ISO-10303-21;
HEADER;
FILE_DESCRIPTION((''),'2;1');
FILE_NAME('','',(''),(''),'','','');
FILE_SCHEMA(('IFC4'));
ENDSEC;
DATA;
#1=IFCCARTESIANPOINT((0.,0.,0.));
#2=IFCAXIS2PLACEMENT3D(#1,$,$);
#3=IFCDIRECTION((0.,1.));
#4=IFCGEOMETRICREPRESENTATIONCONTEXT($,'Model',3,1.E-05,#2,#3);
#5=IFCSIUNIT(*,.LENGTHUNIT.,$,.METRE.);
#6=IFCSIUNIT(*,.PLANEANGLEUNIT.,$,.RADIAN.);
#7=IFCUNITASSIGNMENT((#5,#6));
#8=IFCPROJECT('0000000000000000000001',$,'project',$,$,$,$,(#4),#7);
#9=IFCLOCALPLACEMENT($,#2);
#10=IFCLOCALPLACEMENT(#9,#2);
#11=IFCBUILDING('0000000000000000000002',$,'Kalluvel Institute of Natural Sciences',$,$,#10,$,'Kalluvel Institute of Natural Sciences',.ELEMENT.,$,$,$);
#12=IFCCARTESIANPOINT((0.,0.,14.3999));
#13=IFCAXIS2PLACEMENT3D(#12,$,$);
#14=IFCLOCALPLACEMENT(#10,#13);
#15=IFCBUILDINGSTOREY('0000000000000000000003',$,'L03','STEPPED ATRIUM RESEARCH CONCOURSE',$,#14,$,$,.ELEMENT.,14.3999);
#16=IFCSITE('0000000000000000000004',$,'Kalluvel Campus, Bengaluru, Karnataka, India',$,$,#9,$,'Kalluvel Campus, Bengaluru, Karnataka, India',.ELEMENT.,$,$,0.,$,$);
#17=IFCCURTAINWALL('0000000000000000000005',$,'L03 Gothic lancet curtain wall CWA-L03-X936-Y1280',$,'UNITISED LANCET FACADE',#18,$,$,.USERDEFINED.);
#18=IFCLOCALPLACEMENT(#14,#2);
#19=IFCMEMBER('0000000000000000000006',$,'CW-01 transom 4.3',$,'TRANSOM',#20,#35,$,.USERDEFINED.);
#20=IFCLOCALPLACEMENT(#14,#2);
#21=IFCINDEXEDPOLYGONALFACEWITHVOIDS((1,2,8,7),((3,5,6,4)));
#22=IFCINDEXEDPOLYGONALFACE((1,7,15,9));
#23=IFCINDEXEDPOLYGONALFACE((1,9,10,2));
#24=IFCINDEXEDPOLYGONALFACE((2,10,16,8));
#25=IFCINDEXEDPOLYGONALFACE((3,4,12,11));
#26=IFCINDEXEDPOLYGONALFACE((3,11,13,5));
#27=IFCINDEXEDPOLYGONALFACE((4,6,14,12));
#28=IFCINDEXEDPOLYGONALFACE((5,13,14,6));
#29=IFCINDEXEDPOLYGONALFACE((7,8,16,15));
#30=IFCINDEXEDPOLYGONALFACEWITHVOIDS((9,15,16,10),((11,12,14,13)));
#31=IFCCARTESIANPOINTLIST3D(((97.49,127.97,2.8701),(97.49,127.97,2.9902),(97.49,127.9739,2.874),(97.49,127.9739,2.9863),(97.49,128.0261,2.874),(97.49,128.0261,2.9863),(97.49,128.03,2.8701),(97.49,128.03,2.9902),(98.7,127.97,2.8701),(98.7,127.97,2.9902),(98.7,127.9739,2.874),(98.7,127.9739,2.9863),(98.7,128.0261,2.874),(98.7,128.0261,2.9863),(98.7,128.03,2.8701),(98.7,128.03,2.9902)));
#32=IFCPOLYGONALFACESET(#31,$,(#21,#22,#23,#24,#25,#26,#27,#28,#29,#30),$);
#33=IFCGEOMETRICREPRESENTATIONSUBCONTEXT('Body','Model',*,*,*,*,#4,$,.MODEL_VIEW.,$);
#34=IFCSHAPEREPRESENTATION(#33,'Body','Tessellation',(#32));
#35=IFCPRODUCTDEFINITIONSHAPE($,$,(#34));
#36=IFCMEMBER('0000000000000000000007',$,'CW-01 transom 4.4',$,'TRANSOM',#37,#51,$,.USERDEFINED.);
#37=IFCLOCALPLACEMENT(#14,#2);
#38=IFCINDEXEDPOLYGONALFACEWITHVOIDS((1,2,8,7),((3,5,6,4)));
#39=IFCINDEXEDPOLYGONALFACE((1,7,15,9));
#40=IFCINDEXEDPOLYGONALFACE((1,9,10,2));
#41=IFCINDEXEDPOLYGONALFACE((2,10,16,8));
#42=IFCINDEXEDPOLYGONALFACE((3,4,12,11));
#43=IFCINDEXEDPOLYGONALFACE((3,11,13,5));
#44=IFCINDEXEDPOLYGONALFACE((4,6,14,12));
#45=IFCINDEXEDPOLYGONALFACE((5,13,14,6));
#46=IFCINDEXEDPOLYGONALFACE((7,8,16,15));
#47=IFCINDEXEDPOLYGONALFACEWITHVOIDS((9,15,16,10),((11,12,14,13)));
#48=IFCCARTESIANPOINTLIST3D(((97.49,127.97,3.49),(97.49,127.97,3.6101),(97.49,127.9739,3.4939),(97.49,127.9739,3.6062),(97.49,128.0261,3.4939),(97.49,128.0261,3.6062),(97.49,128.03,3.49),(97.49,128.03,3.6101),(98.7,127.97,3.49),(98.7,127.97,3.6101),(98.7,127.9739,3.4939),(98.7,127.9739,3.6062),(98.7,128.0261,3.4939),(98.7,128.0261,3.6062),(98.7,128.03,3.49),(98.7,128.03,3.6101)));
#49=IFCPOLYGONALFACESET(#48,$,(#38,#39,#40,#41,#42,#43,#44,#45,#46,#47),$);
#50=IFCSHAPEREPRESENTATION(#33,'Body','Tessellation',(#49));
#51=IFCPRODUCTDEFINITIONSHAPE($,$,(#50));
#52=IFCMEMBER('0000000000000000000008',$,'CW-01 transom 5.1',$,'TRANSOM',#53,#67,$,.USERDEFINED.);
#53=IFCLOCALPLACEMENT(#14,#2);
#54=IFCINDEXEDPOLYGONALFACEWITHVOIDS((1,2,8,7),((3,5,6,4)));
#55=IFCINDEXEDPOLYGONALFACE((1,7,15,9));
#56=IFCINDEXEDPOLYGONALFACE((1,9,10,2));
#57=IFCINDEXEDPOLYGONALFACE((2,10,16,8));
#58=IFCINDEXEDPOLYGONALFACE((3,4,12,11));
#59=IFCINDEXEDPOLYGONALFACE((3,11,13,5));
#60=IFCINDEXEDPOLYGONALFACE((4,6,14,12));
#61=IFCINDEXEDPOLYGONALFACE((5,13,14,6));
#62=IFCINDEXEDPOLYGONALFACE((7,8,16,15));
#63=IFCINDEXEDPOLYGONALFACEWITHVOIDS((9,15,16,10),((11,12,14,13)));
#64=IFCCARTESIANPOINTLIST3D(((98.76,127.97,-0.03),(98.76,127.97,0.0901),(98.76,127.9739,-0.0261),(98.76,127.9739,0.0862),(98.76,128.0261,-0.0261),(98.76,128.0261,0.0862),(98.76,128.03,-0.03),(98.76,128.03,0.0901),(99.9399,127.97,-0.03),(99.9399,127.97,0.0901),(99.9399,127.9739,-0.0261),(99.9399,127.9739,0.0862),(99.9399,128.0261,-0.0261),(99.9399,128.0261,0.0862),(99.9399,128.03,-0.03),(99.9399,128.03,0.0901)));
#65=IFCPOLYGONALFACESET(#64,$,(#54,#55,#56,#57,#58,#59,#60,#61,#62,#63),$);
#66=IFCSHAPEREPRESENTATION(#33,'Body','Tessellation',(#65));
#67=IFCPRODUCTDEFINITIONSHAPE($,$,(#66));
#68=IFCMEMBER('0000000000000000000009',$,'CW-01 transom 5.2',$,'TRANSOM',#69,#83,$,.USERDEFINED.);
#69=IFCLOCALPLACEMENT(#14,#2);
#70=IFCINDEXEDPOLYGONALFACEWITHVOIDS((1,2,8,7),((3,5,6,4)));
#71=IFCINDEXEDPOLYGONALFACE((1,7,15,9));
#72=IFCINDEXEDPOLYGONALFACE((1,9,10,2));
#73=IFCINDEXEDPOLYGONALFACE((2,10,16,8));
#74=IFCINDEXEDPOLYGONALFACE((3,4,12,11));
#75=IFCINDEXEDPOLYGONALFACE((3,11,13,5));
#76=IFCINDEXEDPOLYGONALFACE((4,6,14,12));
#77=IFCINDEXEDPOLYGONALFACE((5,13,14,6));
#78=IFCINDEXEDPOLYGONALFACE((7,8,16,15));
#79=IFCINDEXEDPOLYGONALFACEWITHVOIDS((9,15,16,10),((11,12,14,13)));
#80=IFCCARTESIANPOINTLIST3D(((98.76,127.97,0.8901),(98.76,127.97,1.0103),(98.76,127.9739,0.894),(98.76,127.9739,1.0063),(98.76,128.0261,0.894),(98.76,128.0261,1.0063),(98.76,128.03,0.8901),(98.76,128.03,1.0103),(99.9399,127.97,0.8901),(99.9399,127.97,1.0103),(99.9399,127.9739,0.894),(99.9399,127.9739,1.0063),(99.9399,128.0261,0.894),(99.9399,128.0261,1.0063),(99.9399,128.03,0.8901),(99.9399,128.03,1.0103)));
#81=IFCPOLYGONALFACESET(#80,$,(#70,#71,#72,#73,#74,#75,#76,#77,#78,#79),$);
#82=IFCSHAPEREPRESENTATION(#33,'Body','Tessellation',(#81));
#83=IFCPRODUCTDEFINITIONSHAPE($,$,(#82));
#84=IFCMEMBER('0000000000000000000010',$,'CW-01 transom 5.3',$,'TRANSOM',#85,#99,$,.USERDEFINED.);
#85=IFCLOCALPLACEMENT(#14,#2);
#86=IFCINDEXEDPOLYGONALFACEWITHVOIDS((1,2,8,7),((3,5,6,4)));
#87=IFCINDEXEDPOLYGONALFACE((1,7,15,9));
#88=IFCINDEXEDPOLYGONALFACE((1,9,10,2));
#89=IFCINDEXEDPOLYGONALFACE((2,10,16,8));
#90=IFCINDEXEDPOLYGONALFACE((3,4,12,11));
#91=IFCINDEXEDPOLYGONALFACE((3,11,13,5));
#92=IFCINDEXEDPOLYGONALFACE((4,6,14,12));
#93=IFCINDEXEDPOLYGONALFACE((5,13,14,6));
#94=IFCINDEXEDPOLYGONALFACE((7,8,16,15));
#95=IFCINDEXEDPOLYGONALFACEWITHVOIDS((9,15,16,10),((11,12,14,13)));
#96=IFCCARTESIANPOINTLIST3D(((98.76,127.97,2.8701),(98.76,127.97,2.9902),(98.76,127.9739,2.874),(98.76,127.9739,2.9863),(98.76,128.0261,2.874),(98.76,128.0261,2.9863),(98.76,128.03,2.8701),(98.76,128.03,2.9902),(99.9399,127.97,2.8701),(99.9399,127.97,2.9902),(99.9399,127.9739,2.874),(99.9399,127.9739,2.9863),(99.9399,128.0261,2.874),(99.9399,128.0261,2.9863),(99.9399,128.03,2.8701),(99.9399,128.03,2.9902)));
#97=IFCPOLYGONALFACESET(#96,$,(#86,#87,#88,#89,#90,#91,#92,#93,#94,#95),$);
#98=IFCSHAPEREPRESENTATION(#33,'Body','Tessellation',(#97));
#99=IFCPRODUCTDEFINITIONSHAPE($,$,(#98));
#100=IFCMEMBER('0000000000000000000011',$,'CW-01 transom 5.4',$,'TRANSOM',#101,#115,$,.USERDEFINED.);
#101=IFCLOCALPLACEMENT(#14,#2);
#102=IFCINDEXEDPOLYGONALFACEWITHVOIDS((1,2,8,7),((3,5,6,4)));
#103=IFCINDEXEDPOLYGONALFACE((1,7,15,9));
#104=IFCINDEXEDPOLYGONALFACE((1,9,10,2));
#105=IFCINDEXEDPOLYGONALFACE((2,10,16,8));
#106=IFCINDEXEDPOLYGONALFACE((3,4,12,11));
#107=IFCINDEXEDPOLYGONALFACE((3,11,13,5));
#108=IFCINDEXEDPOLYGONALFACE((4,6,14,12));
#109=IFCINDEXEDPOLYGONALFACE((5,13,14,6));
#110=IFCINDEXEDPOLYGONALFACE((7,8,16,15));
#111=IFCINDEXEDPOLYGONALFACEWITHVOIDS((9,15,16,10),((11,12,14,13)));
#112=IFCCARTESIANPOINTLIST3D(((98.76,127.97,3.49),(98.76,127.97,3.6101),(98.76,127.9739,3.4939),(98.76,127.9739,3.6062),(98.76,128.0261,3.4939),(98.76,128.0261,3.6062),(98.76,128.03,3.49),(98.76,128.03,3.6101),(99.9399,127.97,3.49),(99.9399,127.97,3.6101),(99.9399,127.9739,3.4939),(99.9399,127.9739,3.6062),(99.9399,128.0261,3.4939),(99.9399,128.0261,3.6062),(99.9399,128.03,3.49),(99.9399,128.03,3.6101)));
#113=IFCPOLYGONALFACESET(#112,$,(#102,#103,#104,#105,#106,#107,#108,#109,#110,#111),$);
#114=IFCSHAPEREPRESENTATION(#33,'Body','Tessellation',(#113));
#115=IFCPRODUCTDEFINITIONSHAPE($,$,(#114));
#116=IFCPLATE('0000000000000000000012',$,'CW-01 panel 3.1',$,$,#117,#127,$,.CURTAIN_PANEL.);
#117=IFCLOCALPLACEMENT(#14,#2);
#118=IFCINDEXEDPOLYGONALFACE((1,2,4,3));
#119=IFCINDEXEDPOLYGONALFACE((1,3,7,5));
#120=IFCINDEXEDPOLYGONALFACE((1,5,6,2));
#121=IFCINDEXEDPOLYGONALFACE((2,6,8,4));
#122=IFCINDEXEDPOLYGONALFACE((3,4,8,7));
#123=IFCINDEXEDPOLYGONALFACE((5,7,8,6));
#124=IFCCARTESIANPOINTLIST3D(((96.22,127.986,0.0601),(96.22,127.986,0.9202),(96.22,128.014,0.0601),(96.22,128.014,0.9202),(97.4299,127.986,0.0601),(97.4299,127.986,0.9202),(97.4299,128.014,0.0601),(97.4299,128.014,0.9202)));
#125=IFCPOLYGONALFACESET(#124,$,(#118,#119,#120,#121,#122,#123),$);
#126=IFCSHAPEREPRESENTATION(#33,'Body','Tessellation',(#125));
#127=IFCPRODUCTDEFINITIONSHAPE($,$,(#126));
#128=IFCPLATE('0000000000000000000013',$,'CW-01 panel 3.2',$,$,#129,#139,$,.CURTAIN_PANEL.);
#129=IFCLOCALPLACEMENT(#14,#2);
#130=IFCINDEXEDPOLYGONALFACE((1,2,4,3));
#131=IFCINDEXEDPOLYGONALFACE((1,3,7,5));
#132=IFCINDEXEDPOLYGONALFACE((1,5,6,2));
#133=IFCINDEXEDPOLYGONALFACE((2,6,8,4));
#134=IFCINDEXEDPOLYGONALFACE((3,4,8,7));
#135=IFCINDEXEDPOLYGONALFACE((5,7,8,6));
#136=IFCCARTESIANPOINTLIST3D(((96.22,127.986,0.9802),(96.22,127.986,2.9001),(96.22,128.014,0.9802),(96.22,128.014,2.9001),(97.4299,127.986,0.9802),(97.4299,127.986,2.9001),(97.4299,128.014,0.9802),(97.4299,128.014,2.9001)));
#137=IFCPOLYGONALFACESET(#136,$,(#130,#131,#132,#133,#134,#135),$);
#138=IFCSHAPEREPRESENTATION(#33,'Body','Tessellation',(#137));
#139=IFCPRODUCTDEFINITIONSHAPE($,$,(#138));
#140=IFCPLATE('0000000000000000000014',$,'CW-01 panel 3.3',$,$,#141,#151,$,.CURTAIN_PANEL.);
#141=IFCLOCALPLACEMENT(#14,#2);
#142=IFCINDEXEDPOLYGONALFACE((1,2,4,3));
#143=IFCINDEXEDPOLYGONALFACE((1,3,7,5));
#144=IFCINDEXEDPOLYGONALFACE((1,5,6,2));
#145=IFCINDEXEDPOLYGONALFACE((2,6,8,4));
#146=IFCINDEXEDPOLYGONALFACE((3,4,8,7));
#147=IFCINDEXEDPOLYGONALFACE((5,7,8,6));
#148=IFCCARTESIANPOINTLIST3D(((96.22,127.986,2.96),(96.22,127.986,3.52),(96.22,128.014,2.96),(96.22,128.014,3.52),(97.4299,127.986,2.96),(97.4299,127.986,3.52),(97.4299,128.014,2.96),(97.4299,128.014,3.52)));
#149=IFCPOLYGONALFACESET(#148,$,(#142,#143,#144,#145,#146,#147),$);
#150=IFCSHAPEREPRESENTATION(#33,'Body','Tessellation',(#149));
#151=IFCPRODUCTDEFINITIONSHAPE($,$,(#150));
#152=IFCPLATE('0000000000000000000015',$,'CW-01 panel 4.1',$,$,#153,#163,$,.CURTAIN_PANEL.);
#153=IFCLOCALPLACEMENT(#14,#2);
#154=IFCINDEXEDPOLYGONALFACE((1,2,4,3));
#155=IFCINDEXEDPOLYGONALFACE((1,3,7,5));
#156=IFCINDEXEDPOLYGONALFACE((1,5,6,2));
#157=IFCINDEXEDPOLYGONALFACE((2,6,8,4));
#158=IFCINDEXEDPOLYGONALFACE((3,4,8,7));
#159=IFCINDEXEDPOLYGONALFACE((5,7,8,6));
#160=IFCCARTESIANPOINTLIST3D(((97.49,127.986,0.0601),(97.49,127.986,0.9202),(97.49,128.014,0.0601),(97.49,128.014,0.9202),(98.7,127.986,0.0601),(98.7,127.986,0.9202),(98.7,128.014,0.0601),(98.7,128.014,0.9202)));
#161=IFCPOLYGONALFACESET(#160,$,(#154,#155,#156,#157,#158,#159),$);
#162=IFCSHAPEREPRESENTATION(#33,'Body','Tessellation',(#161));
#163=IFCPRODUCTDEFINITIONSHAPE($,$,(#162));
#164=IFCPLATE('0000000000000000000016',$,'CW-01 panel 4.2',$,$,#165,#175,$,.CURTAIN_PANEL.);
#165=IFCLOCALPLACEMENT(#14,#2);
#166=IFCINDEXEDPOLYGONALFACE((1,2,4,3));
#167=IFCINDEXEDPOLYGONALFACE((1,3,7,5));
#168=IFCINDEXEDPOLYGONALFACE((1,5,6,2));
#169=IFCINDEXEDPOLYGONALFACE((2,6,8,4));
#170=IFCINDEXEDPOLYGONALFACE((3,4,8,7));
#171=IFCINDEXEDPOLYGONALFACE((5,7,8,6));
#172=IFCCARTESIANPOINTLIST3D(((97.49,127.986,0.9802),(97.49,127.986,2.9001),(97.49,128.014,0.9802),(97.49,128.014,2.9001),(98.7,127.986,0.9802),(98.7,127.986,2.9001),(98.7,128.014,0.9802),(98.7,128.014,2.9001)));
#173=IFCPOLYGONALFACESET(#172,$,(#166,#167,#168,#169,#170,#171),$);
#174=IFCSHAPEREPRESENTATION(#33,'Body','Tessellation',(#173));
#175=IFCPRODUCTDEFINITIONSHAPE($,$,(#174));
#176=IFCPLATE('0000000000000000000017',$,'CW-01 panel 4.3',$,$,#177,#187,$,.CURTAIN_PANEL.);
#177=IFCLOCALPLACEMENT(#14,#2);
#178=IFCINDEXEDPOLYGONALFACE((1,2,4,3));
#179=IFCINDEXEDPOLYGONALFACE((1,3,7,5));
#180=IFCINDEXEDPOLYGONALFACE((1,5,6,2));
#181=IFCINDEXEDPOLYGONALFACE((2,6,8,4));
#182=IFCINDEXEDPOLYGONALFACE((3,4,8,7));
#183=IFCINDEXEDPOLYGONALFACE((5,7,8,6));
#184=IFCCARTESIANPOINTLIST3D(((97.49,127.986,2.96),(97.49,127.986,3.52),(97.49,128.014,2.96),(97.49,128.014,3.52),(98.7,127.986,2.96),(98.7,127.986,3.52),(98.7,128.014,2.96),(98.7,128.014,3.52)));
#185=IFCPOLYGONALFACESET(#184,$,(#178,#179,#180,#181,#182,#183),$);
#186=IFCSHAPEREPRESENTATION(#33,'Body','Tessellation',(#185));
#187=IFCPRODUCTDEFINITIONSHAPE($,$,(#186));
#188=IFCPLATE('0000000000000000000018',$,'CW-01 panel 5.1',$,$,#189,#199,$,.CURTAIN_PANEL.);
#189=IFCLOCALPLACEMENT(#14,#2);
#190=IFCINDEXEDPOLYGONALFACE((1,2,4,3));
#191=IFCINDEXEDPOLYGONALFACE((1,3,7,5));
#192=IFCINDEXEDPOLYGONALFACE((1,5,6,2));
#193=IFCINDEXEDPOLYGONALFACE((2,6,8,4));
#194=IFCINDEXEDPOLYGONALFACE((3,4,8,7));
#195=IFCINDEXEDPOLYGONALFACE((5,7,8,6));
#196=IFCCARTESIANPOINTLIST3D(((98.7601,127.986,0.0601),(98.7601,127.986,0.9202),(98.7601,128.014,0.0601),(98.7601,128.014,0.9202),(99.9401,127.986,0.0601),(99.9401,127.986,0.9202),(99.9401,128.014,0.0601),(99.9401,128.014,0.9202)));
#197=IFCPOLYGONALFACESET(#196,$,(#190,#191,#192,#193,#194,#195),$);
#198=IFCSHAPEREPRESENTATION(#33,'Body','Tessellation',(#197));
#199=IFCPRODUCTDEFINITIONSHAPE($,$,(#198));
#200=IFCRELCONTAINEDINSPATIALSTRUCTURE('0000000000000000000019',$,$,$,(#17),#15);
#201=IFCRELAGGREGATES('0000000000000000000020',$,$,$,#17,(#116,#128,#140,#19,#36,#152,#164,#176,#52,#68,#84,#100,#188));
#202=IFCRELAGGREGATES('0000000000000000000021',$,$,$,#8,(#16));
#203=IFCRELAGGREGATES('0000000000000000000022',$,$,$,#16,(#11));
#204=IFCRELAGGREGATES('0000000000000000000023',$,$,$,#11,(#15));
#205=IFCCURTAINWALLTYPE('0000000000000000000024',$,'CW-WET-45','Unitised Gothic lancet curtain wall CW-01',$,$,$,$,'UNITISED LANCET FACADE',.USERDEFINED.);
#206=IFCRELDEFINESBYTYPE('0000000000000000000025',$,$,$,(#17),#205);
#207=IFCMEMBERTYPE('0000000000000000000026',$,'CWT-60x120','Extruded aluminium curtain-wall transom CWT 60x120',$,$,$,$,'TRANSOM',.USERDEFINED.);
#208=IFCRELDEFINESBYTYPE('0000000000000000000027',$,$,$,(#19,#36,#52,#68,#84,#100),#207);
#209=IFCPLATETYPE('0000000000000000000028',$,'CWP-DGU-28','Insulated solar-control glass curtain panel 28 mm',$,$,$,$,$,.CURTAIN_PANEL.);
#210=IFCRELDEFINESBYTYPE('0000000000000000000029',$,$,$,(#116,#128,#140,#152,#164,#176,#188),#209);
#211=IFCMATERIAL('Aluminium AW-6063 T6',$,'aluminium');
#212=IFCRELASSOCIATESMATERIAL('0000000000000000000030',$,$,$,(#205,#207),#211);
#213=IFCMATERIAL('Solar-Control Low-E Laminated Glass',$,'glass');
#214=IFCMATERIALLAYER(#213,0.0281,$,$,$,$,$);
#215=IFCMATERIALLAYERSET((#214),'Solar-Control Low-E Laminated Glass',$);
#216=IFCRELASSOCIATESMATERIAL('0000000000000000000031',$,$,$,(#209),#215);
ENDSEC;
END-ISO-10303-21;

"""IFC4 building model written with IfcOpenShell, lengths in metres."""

from ifc_helpers import new_model, si_unit, direction, frame, origin, origin_2d, place, context, subcontext, project, spatial, rectangle, hollow_rectangle, extrude, material, layer, layer_set, material_profile, profile_set, type_object, element, aggregate, save


model = new_model("IFC4")

# Units and contexts
model_context = context("Model", 3, precision=1e-05, world=origin(), true_north=direction((0.0, 1.0)))
body_context = subcontext(model_context, "Body", "Model", "MODEL_VIEW")
ifc_project = project(units=[si_unit("LENGTHUNIT", "METRE"), si_unit("PLANEANGLEUNIT", "RADIAN")], contexts=[model_context])

# Site, building, storey
site_placement = place(None, origin())
site = spatial("IfcSite", under=ifc_project, at=site_placement, Name="Kalluvel Campus, Bengaluru, Karnataka, India", LongName="Kalluvel Campus, Bengaluru, Karnataka, India", CompositionType="ELEMENT", RefElevation=0.0)
building_placement = place(site_placement, origin())
building = spatial("IfcBuilding", under=site, at=building_placement, Name="Kalluvel Institute of Natural Sciences", LongName="Kalluvel Institute of Natural Sciences", CompositionType="ELEMENT")
storey_placement = place(building_placement, frame((0.0, 0.0, 14.3999)))
storey = spatial("IfcBuildingStorey", under=building, at=storey_placement, Name="L03", Description="STEPPED ATRIUM RESEARCH CONCOURSE", CompositionType="ELEMENT", Elevation=14.3999)

# Curtain wall, members, plates
ifc_material_1 = material(Name="Aluminium AW-6063 T6", Category="aluminium")
curtain_wall_type = type_object("IfcCurtainWallType", Name="CW-WET-45", Description="Unitised Gothic lancet curtain wall CW-01", ElementType="UNITISED LANCET FACADE", PredefinedType="USERDEFINED", material=ifc_material_1)
curtain_wall_placement = place(storey_placement, origin())
curtain_wall = element("IfcCurtainWall", 1, at=curtain_wall_placement, inside=storey, type_object=curtain_wall_type, Name="L03 Gothic lancet curtain wall CWA-L03-X936-Y1280", ObjectType="UNITISED LANCET FACADE", PredefinedType="USERDEFINED")
ifc_material_profile_1 = material_profile(ifc_material_1, hollow_rectangle(XDim=0.0601, YDim=0.1201, WallThickness=0.0039, at=origin_2d()), Name="CWT 60x120")
ifc_profile_set_1 = profile_set([ifc_material_profile_1], Name="Aluminium AW-6063 T6")
member_type_1 = type_object("IfcMemberType", Name="CWT-60x120", Description="Extruded aluminium curtain-wall transom CWT 60x120", ElementType="TRANSOM", PredefinedType="USERDEFINED", material=ifc_profile_set_1)
member_1_placement = place(storey_placement, frame((97.49, 128.0, 2.9302), z_axis=(1.0, 0.0, 0.0), x_axis=(0.0, 1.0, 0.0)))
member_1 = element("IfcMember", 2, at=member_1_placement, type_object=member_type_1, Name="CW-01 transom 4.3", ObjectType="TRANSOM", PredefinedType="USERDEFINED", context=body_context, shape_type="SweptSolid", body=[
    extrude(hollow_rectangle(XDim=0.0601, YDim=0.1201, WallThickness=0.0039, at=origin_2d()), origin(), (0.0, 0.0, 1.0), 1.21),
])
member_2_placement = place(storey_placement, frame((97.49, 128.0, 3.55), z_axis=(1.0, 0.0, 0.0), x_axis=(0.0, 1.0, 0.0)))
member_2 = element("IfcMember", 3, at=member_2_placement, type_object=member_type_1, Name="CW-01 transom 4.4", ObjectType="TRANSOM", PredefinedType="USERDEFINED", context=body_context, shape_type="SweptSolid", body=[
    extrude(hollow_rectangle(XDim=0.0601, YDim=0.1201, WallThickness=0.0039, at=origin_2d()), origin(), (0.0, 0.0, 1.0), 1.21),
])
member_3_placement = place(storey_placement, frame((98.76, 128.0, 0.03), z_axis=(1.0, 0.0, 0.0), x_axis=(0.0, 1.0, 0.0)))
member_3 = element("IfcMember", 4, at=member_3_placement, type_object=member_type_1, Name="CW-01 transom 5.1", ObjectType="TRANSOM", PredefinedType="USERDEFINED", context=body_context, shape_type="SweptSolid", body=[
    extrude(hollow_rectangle(XDim=0.0601, YDim=0.1201, WallThickness=0.0039, at=origin_2d()), origin(), (0.0, 0.0, 1.0), 1.1799),
])
member_4_placement = place(storey_placement, frame((98.76, 128.0, 0.9502), z_axis=(1.0, 0.0, 0.0), x_axis=(0.0, 1.0, 0.0)))
member_4 = element("IfcMember", 5, at=member_4_placement, type_object=member_type_1, Name="CW-01 transom 5.2", ObjectType="TRANSOM", PredefinedType="USERDEFINED", context=body_context, shape_type="SweptSolid", body=[
    extrude(hollow_rectangle(XDim=0.0601, YDim=0.1201, WallThickness=0.0039, at=origin_2d()), origin(), (0.0, 0.0, 1.0), 1.1799),
])
member_5_placement = place(storey_placement, frame((98.76, 128.0, 2.9302), z_axis=(1.0, 0.0, 0.0), x_axis=(0.0, 1.0, 0.0)))
member_5 = element("IfcMember", 6, at=member_5_placement, type_object=member_type_1, Name="CW-01 transom 5.3", ObjectType="TRANSOM", PredefinedType="USERDEFINED", context=body_context, shape_type="SweptSolid", body=[
    extrude(hollow_rectangle(XDim=0.0601, YDim=0.1201, WallThickness=0.0039, at=origin_2d()), origin(), (0.0, 0.0, 1.0), 1.1799),
])
member_6_placement = place(storey_placement, frame((98.76, 128.0, 3.55), z_axis=(1.0, 0.0, 0.0), x_axis=(0.0, 1.0, 0.0)))
member_6 = element("IfcMember", 7, at=member_6_placement, type_object=member_type_1, Name="CW-01 transom 5.4", ObjectType="TRANSOM", PredefinedType="USERDEFINED", context=body_context, shape_type="SweptSolid", body=[
    extrude(hollow_rectangle(XDim=0.0601, YDim=0.1201, WallThickness=0.0039, at=origin_2d()), origin(), (0.0, 0.0, 1.0), 1.1799),
])
ifc_material_2 = material(Name="Solar-Control Low-E Laminated Glass", Category="glass")
ifc_layer = layer(ifc_material_2, 0.0281)
ifc_layer_set = layer_set([ifc_layer], Name="Solar-Control Low-E Laminated Glass")
plate_type = type_object("IfcPlateType", Name="CWP-DGU-28", Description="Insulated solar-control glass curtain panel 28 mm", PredefinedType="CURTAIN_PANEL", material=ifc_layer_set)
plate_1_placement = place(storey_placement, frame((96.825, 128.0, 0.0601), z_axis=(0.0, 0.0, 1.0), x_axis=(1.0, 0.0, 0.0)))
plate_1 = element("IfcPlate", 8, at=plate_1_placement, type_object=plate_type, Name="CW-01 panel 3.1", PredefinedType="CURTAIN_PANEL", context=body_context, shape_type="SweptSolid", body=[
    extrude(rectangle(XDim=1.21, YDim=0.0281, at=origin_2d()), origin(), (0.0, 0.0, 1.0), 0.8601),
])
plate_2_placement = place(storey_placement, frame((96.825, 128.0, 0.9802), z_axis=(0.0, 0.0, 1.0), x_axis=(1.0, 0.0, 0.0)))
plate_2 = element("IfcPlate", 9, at=plate_2_placement, type_object=plate_type, Name="CW-01 panel 3.2", PredefinedType="CURTAIN_PANEL", context=body_context, shape_type="SweptSolid", body=[
    extrude(rectangle(XDim=1.21, YDim=0.0281, at=origin_2d()), origin(), (0.0, 0.0, 1.0), 1.9199),
])
plate_3_placement = place(storey_placement, frame((96.825, 128.0, 2.96), z_axis=(0.0, 0.0, 1.0), x_axis=(1.0, 0.0, 0.0)))
plate_3 = element("IfcPlate", 10, at=plate_3_placement, type_object=plate_type, Name="CW-01 panel 3.3", PredefinedType="CURTAIN_PANEL", context=body_context, shape_type="SweptSolid", body=[
    extrude(rectangle(XDim=1.21, YDim=0.0281, at=origin_2d()), origin(), (0.0, 0.0, 1.0), 0.5601),
])
plate_4_placement = place(storey_placement, frame((98.095, 128.0, 0.0601), z_axis=(0.0, 0.0, 1.0), x_axis=(1.0, 0.0, 0.0)))
plate_4 = element("IfcPlate", 11, at=plate_4_placement, type_object=plate_type, Name="CW-01 panel 4.1", PredefinedType="CURTAIN_PANEL", context=body_context, shape_type="SweptSolid", body=[
    extrude(rectangle(XDim=1.21, YDim=0.0281, at=origin_2d()), origin(), (0.0, 0.0, 1.0), 0.8601),
])
plate_5_placement = place(storey_placement, frame((98.095, 128.0, 0.9802), z_axis=(0.0, 0.0, 1.0), x_axis=(1.0, 0.0, 0.0)))
plate_5 = element("IfcPlate", 12, at=plate_5_placement, type_object=plate_type, Name="CW-01 panel 4.2", PredefinedType="CURTAIN_PANEL", context=body_context, shape_type="SweptSolid", body=[
    extrude(rectangle(XDim=1.21, YDim=0.0281, at=origin_2d()), origin(), (0.0, 0.0, 1.0), 1.9199),
])
plate_6_placement = place(storey_placement, frame((98.095, 128.0, 2.96), z_axis=(0.0, 0.0, 1.0), x_axis=(1.0, 0.0, 0.0)))
plate_6 = element("IfcPlate", 13, at=plate_6_placement, type_object=plate_type, Name="CW-01 panel 4.3", PredefinedType="CURTAIN_PANEL", context=body_context, shape_type="SweptSolid", body=[
    extrude(rectangle(XDim=1.21, YDim=0.0281, at=origin_2d()), origin(), (0.0, 0.0, 1.0), 0.5601),
])
plate_7_placement = place(storey_placement, frame((99.3501, 128.0, 0.0601), z_axis=(0.0, 0.0, 1.0), x_axis=(1.0, 0.0, 0.0)))
plate_7 = element("IfcPlate", 14, at=plate_7_placement, type_object=plate_type, Name="CW-01 panel 5.1", PredefinedType="CURTAIN_PANEL", context=body_context, shape_type="SweptSolid", body=[
    extrude(rectangle(XDim=1.1799, YDim=0.0281, at=origin_2d()), origin(), (0.0, 0.0, 1.0), 0.8601),
])
aggregate(curtain_wall, [plate_1, plate_2, plate_3, member_1, member_2, plate_4, plate_5, plate_6, member_3, member_4, member_5, member_6, plate_7])

save(model, "model.ifc")
